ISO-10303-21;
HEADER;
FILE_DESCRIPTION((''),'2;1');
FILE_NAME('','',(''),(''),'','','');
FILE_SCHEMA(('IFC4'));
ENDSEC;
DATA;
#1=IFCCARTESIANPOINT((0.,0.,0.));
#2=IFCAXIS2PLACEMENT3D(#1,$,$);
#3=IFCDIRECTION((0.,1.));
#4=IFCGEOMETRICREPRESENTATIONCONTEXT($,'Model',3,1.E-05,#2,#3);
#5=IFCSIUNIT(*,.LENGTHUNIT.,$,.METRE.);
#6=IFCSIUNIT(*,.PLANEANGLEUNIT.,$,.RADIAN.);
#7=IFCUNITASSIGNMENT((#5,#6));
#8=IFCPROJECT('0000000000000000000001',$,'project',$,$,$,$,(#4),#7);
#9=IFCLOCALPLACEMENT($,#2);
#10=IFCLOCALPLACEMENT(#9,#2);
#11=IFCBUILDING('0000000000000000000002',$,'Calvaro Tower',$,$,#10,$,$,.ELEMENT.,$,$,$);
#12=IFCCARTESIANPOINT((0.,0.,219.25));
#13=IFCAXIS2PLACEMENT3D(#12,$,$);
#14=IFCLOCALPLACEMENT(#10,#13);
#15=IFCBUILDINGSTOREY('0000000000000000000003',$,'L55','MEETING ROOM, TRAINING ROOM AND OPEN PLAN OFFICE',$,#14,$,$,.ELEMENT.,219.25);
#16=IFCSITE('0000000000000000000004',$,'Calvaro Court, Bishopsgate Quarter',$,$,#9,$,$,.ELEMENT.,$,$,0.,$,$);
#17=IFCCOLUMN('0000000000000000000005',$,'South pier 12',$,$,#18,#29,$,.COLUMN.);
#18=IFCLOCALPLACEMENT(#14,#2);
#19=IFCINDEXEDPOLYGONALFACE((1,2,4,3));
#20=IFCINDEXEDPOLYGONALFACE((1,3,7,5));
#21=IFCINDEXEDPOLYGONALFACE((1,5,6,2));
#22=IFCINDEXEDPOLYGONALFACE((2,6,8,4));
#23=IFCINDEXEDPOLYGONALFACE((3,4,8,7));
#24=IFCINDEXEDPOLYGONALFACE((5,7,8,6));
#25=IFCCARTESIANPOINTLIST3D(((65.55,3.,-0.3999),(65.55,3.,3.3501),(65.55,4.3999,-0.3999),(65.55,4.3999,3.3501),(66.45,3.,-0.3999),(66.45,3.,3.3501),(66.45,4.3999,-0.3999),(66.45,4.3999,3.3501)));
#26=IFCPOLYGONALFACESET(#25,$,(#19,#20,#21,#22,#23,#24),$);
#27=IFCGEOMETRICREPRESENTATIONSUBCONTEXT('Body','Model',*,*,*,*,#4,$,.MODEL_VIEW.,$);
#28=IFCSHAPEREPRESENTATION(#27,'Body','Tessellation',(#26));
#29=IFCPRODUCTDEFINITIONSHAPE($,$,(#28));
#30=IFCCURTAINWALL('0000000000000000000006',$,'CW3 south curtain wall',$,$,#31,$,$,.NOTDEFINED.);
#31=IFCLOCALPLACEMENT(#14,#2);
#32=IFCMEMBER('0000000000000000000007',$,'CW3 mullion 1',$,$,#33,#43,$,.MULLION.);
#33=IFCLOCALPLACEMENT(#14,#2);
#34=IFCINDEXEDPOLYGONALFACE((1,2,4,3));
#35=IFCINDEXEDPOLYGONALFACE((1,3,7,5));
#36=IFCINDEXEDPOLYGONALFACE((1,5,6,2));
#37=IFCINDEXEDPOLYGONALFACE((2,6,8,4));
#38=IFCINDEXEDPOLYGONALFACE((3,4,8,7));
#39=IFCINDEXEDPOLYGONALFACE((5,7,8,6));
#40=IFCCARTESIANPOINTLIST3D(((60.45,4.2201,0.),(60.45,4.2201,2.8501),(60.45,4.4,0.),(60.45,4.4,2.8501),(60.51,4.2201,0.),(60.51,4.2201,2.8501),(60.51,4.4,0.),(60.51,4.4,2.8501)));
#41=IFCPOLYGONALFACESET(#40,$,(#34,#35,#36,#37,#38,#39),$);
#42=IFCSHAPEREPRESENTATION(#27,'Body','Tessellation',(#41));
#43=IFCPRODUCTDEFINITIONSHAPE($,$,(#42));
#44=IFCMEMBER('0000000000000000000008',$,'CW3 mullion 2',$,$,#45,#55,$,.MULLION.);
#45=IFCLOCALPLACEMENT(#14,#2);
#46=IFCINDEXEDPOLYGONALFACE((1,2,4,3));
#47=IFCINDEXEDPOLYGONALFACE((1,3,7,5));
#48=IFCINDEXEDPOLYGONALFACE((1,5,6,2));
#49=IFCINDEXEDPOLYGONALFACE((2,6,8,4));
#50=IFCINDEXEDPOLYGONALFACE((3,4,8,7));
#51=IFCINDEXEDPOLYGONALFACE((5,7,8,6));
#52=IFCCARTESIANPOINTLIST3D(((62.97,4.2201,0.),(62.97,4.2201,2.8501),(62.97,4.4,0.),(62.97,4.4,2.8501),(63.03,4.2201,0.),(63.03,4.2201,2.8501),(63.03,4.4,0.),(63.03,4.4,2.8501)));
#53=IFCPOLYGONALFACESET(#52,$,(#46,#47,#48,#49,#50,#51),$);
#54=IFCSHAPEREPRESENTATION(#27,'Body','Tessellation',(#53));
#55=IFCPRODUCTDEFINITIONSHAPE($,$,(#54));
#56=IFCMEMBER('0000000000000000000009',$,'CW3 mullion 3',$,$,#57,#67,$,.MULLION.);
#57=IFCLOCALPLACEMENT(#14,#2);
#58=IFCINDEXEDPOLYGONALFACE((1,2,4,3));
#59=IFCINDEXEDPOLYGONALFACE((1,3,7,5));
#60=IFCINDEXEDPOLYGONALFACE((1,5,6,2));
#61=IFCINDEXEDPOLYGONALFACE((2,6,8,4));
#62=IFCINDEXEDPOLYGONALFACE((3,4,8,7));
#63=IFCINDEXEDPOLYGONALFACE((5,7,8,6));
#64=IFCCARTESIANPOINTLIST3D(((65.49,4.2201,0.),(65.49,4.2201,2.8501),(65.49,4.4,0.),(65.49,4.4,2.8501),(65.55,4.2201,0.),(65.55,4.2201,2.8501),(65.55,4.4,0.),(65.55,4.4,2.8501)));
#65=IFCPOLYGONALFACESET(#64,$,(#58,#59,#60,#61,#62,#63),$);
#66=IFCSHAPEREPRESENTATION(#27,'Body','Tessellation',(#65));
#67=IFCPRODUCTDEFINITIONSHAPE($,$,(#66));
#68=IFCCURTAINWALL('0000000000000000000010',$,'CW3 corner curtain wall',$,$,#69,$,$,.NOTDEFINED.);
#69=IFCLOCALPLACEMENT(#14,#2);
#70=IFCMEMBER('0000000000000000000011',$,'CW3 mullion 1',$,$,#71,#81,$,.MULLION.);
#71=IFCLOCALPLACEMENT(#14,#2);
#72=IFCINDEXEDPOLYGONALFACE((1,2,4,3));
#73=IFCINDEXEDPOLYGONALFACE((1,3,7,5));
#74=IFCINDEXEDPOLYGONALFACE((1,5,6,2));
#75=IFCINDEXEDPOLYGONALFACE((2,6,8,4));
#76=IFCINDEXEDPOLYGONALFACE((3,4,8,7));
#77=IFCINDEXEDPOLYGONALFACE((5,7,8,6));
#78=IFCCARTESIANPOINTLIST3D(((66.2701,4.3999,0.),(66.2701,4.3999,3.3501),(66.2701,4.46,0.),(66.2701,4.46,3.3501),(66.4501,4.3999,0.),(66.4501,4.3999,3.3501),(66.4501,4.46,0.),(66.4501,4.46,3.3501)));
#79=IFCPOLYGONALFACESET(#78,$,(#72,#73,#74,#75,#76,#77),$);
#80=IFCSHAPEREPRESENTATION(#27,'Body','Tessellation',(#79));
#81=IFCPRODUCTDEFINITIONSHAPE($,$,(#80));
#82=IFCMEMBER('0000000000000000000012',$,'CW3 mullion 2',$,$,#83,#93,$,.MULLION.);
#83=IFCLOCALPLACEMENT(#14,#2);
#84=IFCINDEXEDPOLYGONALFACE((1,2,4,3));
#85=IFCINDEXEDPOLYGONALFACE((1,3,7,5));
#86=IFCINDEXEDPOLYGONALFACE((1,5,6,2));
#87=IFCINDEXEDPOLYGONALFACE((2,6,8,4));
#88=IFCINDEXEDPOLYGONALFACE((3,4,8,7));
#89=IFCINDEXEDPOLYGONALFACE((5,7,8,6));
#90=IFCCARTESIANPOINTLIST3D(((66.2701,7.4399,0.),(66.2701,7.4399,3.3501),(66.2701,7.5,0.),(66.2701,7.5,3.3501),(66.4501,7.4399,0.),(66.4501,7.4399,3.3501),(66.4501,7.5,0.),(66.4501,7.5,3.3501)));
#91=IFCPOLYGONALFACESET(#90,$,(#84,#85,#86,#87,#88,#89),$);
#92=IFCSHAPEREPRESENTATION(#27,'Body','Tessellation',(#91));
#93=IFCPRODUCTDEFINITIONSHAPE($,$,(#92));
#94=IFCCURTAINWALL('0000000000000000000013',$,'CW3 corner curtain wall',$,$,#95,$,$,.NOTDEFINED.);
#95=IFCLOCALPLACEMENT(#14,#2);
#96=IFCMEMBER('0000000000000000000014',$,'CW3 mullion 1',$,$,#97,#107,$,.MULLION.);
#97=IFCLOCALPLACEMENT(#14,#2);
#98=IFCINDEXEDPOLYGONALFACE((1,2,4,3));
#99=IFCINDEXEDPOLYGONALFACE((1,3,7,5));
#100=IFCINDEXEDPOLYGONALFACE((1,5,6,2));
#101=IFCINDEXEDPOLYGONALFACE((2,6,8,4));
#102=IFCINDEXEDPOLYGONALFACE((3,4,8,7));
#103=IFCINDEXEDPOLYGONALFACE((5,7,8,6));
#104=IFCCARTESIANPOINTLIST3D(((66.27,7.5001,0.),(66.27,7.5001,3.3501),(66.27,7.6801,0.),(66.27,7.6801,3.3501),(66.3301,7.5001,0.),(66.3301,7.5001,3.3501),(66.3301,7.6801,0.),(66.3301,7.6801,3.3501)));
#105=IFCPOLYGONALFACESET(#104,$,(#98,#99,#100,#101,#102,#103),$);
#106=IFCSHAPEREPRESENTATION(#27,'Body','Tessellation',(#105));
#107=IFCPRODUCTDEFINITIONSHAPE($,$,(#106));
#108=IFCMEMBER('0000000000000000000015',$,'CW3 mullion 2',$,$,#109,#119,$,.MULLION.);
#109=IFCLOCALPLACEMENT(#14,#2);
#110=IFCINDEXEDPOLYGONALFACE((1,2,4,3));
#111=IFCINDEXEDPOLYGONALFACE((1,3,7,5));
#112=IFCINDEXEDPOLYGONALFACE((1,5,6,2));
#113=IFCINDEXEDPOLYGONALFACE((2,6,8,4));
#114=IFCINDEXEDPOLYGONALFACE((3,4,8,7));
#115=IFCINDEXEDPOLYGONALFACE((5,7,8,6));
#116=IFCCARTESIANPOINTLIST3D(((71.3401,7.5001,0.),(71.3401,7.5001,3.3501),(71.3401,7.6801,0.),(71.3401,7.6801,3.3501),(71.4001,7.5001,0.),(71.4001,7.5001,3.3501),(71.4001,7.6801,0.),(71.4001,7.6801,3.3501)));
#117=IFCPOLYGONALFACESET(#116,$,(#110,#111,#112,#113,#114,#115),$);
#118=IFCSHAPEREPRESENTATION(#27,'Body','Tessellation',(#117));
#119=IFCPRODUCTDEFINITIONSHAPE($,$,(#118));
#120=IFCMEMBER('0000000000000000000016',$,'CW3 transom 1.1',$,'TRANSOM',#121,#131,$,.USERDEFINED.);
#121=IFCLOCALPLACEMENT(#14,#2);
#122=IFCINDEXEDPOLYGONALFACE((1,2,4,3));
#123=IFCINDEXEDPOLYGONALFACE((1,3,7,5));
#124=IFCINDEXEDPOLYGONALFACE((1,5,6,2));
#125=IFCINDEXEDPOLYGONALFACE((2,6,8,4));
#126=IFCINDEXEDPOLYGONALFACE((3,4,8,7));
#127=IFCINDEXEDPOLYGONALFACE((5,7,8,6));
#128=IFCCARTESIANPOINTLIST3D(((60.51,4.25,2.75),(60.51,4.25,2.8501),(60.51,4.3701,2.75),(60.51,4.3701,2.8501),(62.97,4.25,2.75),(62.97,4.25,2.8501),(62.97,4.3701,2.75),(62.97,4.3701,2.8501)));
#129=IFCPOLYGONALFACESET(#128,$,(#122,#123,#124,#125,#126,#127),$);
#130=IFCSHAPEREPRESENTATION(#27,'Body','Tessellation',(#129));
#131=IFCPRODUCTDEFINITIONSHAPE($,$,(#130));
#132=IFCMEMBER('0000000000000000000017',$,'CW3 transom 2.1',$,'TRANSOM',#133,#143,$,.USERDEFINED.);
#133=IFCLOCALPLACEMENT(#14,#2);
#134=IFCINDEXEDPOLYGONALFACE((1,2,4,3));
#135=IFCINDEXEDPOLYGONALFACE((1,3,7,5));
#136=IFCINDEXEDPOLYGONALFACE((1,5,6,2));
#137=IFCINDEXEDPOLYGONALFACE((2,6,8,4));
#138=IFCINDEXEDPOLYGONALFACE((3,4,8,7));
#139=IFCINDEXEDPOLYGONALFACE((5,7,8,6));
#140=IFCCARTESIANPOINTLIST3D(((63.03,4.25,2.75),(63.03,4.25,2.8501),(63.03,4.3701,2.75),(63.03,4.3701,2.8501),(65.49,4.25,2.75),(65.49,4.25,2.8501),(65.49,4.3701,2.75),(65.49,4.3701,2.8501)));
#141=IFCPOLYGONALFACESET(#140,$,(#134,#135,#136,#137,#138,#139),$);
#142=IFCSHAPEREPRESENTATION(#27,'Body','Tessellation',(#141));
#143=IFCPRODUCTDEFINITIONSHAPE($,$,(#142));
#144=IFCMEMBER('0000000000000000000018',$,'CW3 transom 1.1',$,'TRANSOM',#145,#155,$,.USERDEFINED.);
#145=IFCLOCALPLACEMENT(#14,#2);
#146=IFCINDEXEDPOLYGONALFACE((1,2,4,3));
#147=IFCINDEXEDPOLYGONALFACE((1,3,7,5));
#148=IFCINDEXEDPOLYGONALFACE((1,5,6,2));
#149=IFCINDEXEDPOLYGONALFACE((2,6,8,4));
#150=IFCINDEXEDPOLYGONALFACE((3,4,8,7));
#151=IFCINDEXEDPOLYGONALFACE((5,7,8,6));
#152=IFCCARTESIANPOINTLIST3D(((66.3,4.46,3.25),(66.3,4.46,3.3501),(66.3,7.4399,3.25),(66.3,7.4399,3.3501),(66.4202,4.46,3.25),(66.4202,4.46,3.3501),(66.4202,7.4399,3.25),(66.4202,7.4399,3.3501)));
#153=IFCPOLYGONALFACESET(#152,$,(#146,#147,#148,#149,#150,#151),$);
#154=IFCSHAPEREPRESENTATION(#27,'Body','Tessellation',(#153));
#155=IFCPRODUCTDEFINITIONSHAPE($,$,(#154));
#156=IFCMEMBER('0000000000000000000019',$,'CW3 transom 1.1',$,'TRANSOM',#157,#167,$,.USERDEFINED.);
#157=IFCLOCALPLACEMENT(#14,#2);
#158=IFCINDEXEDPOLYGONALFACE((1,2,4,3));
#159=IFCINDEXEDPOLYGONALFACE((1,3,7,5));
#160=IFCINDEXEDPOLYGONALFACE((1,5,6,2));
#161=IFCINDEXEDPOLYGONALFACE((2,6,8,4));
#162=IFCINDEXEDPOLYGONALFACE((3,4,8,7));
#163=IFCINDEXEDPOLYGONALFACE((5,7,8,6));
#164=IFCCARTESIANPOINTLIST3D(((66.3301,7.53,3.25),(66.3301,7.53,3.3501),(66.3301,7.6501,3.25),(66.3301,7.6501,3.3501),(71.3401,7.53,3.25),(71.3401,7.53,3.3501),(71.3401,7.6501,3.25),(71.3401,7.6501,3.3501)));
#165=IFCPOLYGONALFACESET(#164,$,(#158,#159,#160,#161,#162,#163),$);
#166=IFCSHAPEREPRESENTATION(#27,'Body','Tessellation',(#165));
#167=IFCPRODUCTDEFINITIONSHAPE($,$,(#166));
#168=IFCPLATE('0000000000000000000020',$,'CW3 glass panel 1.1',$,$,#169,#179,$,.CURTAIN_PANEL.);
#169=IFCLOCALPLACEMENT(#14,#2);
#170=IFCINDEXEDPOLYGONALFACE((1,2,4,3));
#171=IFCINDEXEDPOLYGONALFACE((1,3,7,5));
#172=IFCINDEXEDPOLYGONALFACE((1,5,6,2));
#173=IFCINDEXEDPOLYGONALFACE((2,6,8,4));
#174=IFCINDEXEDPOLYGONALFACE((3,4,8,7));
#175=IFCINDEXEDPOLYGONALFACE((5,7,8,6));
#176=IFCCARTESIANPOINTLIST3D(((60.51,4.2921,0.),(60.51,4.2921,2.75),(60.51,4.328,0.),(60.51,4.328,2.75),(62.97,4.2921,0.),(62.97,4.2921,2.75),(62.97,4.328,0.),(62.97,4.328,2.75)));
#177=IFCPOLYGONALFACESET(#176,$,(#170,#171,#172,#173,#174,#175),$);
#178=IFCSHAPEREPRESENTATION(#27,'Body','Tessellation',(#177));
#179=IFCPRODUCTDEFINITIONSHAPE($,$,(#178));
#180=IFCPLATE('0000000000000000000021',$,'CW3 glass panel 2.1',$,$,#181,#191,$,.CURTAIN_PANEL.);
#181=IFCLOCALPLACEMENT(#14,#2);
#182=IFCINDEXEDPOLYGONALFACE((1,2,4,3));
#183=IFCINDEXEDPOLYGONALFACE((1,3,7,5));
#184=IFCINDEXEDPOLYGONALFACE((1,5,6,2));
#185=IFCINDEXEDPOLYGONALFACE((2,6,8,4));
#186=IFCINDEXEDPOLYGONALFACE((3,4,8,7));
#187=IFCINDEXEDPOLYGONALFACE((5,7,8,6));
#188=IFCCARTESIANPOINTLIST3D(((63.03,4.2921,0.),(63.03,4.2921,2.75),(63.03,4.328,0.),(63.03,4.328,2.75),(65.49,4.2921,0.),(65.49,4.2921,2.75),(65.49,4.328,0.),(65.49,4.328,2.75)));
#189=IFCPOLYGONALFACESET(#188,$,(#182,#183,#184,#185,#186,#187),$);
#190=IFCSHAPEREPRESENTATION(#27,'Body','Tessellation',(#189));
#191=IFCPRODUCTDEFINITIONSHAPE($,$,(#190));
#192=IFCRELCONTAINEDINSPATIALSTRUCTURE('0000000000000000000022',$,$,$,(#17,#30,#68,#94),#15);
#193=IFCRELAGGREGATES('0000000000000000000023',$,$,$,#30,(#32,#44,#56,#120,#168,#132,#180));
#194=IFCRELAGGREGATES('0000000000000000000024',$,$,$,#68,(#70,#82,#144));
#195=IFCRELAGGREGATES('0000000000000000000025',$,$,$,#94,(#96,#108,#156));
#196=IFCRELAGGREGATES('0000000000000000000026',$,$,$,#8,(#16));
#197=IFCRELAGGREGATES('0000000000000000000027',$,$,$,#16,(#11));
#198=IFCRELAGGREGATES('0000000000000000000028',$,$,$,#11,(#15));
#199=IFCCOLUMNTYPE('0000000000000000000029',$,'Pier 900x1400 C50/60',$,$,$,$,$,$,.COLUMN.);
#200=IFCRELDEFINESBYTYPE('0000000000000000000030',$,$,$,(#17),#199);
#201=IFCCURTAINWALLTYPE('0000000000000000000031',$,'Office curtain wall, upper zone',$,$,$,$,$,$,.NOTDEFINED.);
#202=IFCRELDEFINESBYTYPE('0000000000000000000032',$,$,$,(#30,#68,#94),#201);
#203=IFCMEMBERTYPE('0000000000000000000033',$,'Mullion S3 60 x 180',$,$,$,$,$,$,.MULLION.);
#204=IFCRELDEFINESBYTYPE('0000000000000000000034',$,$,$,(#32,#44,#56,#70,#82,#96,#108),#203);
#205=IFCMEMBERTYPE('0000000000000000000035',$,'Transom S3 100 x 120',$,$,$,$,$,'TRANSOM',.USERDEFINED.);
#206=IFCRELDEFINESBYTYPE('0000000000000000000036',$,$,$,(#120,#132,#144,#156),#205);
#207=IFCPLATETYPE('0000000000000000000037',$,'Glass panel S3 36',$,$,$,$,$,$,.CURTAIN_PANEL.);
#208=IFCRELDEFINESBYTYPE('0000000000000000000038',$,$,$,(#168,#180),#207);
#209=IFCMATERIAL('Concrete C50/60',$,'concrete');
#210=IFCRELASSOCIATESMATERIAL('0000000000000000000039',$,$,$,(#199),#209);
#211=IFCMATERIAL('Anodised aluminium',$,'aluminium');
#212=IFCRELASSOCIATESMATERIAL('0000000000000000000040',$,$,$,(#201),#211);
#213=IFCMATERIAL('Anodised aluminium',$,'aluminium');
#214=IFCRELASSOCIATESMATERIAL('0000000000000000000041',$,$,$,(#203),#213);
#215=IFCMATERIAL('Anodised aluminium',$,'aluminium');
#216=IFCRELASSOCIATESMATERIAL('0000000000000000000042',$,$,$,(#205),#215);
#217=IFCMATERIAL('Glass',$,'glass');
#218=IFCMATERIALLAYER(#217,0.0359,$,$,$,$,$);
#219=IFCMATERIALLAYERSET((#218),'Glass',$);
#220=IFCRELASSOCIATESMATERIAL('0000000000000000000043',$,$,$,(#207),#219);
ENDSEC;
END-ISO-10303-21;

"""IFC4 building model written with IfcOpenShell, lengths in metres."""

from ifc_helpers import new_model, si_unit, direction, frame, origin, origin_2d, place, context, subcontext, project, spatial, rectangle, extrude, material, layer, layer_set, material_profile, profile_set, type_object, element, aggregate, save


model = new_model("IFC4")

# Units and contexts
model_context = context("Model", 3, precision=1e-05, world=origin(), true_north=direction((0.0, 1.0)))
body_context = subcontext(model_context, "Body", "Model", "MODEL_VIEW")
ifc_project = project(units=[si_unit("LENGTHUNIT", "METRE"), si_unit("PLANEANGLEUNIT", "RADIAN")], contexts=[model_context])

# Site, building, storey
site_placement = place(None, origin())
site = spatial("IfcSite", under=ifc_project, at=site_placement, Name="Calvaro Court, Bishopsgate Quarter", CompositionType="ELEMENT", RefElevation=0.0)
building_placement = place(site_placement, origin())
building = spatial("IfcBuilding", under=site, at=building_placement, Name="Calvaro Tower", CompositionType="ELEMENT")
storey_placement = place(building_placement, frame((0.0, 0.0, 219.25)))
storey = spatial("IfcBuildingStorey", under=building, at=storey_placement, Name="L55", Description="MEETING ROOM, TRAINING ROOM AND OPEN PLAN OFFICE", CompositionType="ELEMENT", Elevation=219.25)

# Column
ifc_material_1 = material(Name="Concrete C50/60", Category="concrete")
ifc_material_profile_1 = material_profile(ifc_material_1, rectangle(XDim=0.8999, YDim=1.3999, at=origin_2d()), Name="RC 900x1400")
ifc_profile_set_1 = profile_set([ifc_material_profile_1], Name="Concrete C50/60")
column_type = type_object("IfcColumnType", Name="Pier 900x1400 C50/60", PredefinedType="COLUMN", material=ifc_profile_set_1)
column_placement = place(storey_placement, frame((66.0, 3.7, -0.3999), z_axis=(0.0, 0.0, 1.0), x_axis=(1.0, 0.0, 0.0)))
element("IfcColumn", 1, at=column_placement, inside=storey, type_object=column_type, Name="South pier 12", PredefinedType="COLUMN", context=body_context, shape_type="SweptSolid", body=[
    extrude(rectangle(XDim=0.8999, YDim=1.3999, at=origin_2d()), origin(), (0.0, 0.0, 1.0), 3.75),
])

# Curtain walls, members
ifc_material_2 = material(Name="Anodised aluminium", Category="aluminium")
curtain_wall_type = type_object("IfcCurtainWallType", Name="Office curtain wall, upper zone", PredefinedType="NOTDEFINED", material=ifc_material_2)
curtain_wall_1_placement = place(storey_placement, origin())
curtain_wall_1 = element("IfcCurtainWall", 2, at=curtain_wall_1_placement, inside=storey, type_object=curtain_wall_type, Name="CW3 south curtain wall", PredefinedType="NOTDEFINED")
ifc_material_3 = material(Name="Anodised aluminium", Category="aluminium")
ifc_material_profile_2 = material_profile(ifc_material_3, rectangle(XDim=0.1799, YDim=0.0601, at=origin_2d()), Name="Mullion S3 60 x 180")
ifc_profile_set_2 = profile_set([ifc_material_profile_2], Name="Anodised aluminium")
member_type_1 = type_object("IfcMemberType", Name="Mullion S3 60 x 180", PredefinedType="MULLION", material=ifc_profile_set_2)
member_1_placement = place(storey_placement, frame((60.48, 4.3101, 0.0), z_axis=(0.0, 0.0, 1.0), x_axis=(0.0, 1.0, 0.0)))
member_1 = element("IfcMember", 3, at=member_1_placement, type_object=member_type_1, Name="CW3 mullion 1", PredefinedType="MULLION", context=body_context, shape_type="SweptSolid", body=[
    extrude(rectangle(XDim=0.1799, YDim=0.0601, at=origin_2d()), origin(), (0.0, 0.0, 1.0), 2.8501),
])
member_2_placement = place(storey_placement, frame((63.0, 4.3101, 0.0), z_axis=(0.0, 0.0, 1.0), x_axis=(0.0, 1.0, 0.0)))
member_2 = element("IfcMember", 4, at=member_2_placement, type_object=member_type_1, Name="CW3 mullion 2", PredefinedType="MULLION", context=body_context, shape_type="SweptSolid", body=[
    extrude(rectangle(XDim=0.1799, YDim=0.0601, at=origin_2d()), origin(), (0.0, 0.0, 1.0), 2.8501),
])
member_3_placement = place(storey_placement, frame((65.52, 4.3101, 0.0), z_axis=(0.0, 0.0, 1.0), x_axis=(0.0, 1.0, 0.0)))
member_3 = element("IfcMember", 5, at=member_3_placement, type_object=member_type_1, Name="CW3 mullion 3", PredefinedType="MULLION", context=body_context, shape_type="SweptSolid", body=[
    extrude(rectangle(XDim=0.1799, YDim=0.0601, at=origin_2d()), origin(), (0.0, 0.0, 1.0), 2.8501),
])
curtain_wall_2_placement = place(storey_placement, origin())
curtain_wall_2 = element("IfcCurtainWall", 6, at=curtain_wall_2_placement, inside=storey, type_object=curtain_wall_type, Name="CW3 corner curtain wall", PredefinedType="NOTDEFINED")
member_4_placement = place(storey_placement, frame((66.3601, 4.4299, 0.0), z_axis=(0.0, 0.0, 1.0), x_axis=(-1.0, 0.0, 0.0)))
member_4 = element("IfcMember", 7, at=member_4_placement, type_object=member_type_1, Name="CW3 mullion 1", PredefinedType="MULLION", context=body_context, shape_type="SweptSolid", body=[
    extrude(rectangle(XDim=0.1799, YDim=0.0601, at=origin_2d()), origin(), (0.0, 0.0, 1.0), 3.3501),
])
member_5_placement = place(storey_placement, frame((66.3601, 7.47, 0.0), z_axis=(0.0, 0.0, 1.0), x_axis=(-1.0, 0.0, 0.0)))
member_5 = element("IfcMember", 8, at=member_5_placement, type_object=member_type_1, Name="CW3 mullion 2", PredefinedType="MULLION", context=body_context, shape_type="SweptSolid", body=[
    extrude(rectangle(XDim=0.1799, YDim=0.0601, at=origin_2d()), origin(), (0.0, 0.0, 1.0), 3.3501),
])
curtain_wall_3_placement = place(storey_placement, origin())
curtain_wall_3 = element("IfcCurtainWall", 9, at=curtain_wall_3_placement, inside=storey, type_object=curtain_wall_type, Name="CW3 corner curtain wall", PredefinedType="NOTDEFINED")
member_6_placement = place(storey_placement, frame((66.3, 7.5901, 0.0), z_axis=(0.0, 0.0, 1.0), x_axis=(0.0, 1.0, 0.0)))
member_6 = element("IfcMember", 10, at=member_6_placement, type_object=member_type_1, Name="CW3 mullion 1", PredefinedType="MULLION", context=body_context, shape_type="SweptSolid", body=[
    extrude(rectangle(XDim=0.1799, YDim=0.0601, at=origin_2d()), origin(), (0.0, 0.0, 1.0), 3.3501),
])
member_7_placement = place(storey_placement, frame((71.3701, 7.5901, 0.0), z_axis=(0.0, 0.0, 1.0), x_axis=(0.0, 1.0, 0.0)))
member_7 = element("IfcMember", 11, at=member_7_placement, type_object=member_type_1, Name="CW3 mullion 2", PredefinedType="MULLION", context=body_context, shape_type="SweptSolid", body=[
    extrude(rectangle(XDim=0.1799, YDim=0.0601, at=origin_2d()), origin(), (0.0, 0.0, 1.0), 3.3501),
])

# Members
ifc_material_4 = material(Name="Anodised aluminium", Category="aluminium")
ifc_material_profile_3 = material_profile(ifc_material_4, rectangle(XDim=0.1201, YDim=0.1001, at=origin_2d()), Name="Transom S3 100 x 120")
ifc_profile_set_3 = profile_set([ifc_material_profile_3], Name="Anodised aluminium")
member_type_2 = type_object("IfcMemberType", Name="Transom S3 100 x 120", ElementType="TRANSOM", PredefinedType="USERDEFINED", material=ifc_profile_set_3)
member_8_placement = place(storey_placement, frame((60.51, 4.3101, 2.8), z_axis=(1.0, 0.0, 0.0), x_axis=(0.0, 1.0, 0.0)))
member_8 = element("IfcMember", 12, at=member_8_placement, type_object=member_type_2, Name="CW3 transom 1.1", ObjectType="TRANSOM", PredefinedType="USERDEFINED", context=body_context, shape_type="SweptSolid", body=[
    extrude(rectangle(XDim=0.1201, YDim=0.1001, at=origin_2d()), origin(), (0.0, 0.0, 1.0), 2.46),
])
member_9_placement = place(storey_placement, frame((63.03, 4.3101, 2.8), z_axis=(1.0, 0.0, 0.0), x_axis=(0.0, 1.0, 0.0)))
member_9 = element("IfcMember", 13, at=member_9_placement, type_object=member_type_2, Name="CW3 transom 2.1", ObjectType="TRANSOM", PredefinedType="USERDEFINED", context=body_context, shape_type="SweptSolid", body=[
    extrude(rectangle(XDim=0.1201, YDim=0.1001, at=origin_2d()), origin(), (0.0, 0.0, 1.0), 2.46),
])
member_10_placement = place(storey_placement, frame((66.3601, 4.46, 3.3), z_axis=(0.0, 1.0, 0.0), x_axis=(-1.0, 0.0, 0.0)))
member_10 = element("IfcMember", 14, at=member_10_placement, type_object=member_type_2, Name="CW3 transom 1.1", ObjectType="TRANSOM", PredefinedType="USERDEFINED", context=body_context, shape_type="SweptSolid", body=[
    extrude(rectangle(XDim=0.1201, YDim=0.1001, at=origin_2d()), origin(), (0.0, 0.0, 1.0), 2.98),
])
member_11_placement = place(storey_placement, frame((66.3301, 7.5901, 3.3), z_axis=(1.0, 0.0, 0.0), x_axis=(0.0, 1.0, 0.0)))
member_11 = element("IfcMember", 15, at=member_11_placement, type_object=member_type_2, Name="CW3 transom 1.1", ObjectType="TRANSOM", PredefinedType="USERDEFINED", context=body_context, shape_type="SweptSolid", body=[
    extrude(rectangle(XDim=0.1201, YDim=0.1001, at=origin_2d()), origin(), (0.0, 0.0, 1.0), 5.01),
])

# Plates
ifc_material_5 = material(Name="Glass", Category="glass")
ifc_layer_1 = layer(ifc_material_5, 0.0359)
ifc_layer_set_1 = layer_set([ifc_layer_1], Name="Glass")
plate_type = type_object("IfcPlateType", Name="Glass panel S3 36", PredefinedType="CURTAIN_PANEL", material=ifc_layer_set_1)
plate_1_placement = place(storey_placement, frame((61.74, 4.3101, 0.0), z_axis=(0.0, 0.0, 1.0), x_axis=(1.0, 0.0, 0.0)))
plate_1 = element("IfcPlate", 16, at=plate_1_placement, type_object=plate_type, Name="CW3 glass panel 1.1", PredefinedType="CURTAIN_PANEL", context=body_context, shape_type="SweptSolid", body=[
    extrude(rectangle(XDim=2.46, YDim=0.0359, at=origin_2d()), origin(), (0.0, 0.0, 1.0), 2.75),
])
plate_2_placement = place(storey_placement, frame((64.26, 4.3101, 0.0), z_axis=(0.0, 0.0, 1.0), x_axis=(1.0, 0.0, 0.0)))
plate_2 = element("IfcPlate", 17, at=plate_2_placement, type_object=plate_type, Name="CW3 glass panel 2.1", PredefinedType="CURTAIN_PANEL", context=body_context, shape_type="SweptSolid", body=[
    extrude(rectangle(XDim=2.46, YDim=0.0359, at=origin_2d()), origin(), (0.0, 0.0, 1.0), 2.75),
])
aggregate(curtain_wall_1, [member_1, member_2, member_3, member_8, plate_1, member_9, plate_2])
aggregate(curtain_wall_2, [member_4, member_5, member_10])
aggregate(curtain_wall_3, [member_6, member_7, member_11])

save(model, "model.ifc")
